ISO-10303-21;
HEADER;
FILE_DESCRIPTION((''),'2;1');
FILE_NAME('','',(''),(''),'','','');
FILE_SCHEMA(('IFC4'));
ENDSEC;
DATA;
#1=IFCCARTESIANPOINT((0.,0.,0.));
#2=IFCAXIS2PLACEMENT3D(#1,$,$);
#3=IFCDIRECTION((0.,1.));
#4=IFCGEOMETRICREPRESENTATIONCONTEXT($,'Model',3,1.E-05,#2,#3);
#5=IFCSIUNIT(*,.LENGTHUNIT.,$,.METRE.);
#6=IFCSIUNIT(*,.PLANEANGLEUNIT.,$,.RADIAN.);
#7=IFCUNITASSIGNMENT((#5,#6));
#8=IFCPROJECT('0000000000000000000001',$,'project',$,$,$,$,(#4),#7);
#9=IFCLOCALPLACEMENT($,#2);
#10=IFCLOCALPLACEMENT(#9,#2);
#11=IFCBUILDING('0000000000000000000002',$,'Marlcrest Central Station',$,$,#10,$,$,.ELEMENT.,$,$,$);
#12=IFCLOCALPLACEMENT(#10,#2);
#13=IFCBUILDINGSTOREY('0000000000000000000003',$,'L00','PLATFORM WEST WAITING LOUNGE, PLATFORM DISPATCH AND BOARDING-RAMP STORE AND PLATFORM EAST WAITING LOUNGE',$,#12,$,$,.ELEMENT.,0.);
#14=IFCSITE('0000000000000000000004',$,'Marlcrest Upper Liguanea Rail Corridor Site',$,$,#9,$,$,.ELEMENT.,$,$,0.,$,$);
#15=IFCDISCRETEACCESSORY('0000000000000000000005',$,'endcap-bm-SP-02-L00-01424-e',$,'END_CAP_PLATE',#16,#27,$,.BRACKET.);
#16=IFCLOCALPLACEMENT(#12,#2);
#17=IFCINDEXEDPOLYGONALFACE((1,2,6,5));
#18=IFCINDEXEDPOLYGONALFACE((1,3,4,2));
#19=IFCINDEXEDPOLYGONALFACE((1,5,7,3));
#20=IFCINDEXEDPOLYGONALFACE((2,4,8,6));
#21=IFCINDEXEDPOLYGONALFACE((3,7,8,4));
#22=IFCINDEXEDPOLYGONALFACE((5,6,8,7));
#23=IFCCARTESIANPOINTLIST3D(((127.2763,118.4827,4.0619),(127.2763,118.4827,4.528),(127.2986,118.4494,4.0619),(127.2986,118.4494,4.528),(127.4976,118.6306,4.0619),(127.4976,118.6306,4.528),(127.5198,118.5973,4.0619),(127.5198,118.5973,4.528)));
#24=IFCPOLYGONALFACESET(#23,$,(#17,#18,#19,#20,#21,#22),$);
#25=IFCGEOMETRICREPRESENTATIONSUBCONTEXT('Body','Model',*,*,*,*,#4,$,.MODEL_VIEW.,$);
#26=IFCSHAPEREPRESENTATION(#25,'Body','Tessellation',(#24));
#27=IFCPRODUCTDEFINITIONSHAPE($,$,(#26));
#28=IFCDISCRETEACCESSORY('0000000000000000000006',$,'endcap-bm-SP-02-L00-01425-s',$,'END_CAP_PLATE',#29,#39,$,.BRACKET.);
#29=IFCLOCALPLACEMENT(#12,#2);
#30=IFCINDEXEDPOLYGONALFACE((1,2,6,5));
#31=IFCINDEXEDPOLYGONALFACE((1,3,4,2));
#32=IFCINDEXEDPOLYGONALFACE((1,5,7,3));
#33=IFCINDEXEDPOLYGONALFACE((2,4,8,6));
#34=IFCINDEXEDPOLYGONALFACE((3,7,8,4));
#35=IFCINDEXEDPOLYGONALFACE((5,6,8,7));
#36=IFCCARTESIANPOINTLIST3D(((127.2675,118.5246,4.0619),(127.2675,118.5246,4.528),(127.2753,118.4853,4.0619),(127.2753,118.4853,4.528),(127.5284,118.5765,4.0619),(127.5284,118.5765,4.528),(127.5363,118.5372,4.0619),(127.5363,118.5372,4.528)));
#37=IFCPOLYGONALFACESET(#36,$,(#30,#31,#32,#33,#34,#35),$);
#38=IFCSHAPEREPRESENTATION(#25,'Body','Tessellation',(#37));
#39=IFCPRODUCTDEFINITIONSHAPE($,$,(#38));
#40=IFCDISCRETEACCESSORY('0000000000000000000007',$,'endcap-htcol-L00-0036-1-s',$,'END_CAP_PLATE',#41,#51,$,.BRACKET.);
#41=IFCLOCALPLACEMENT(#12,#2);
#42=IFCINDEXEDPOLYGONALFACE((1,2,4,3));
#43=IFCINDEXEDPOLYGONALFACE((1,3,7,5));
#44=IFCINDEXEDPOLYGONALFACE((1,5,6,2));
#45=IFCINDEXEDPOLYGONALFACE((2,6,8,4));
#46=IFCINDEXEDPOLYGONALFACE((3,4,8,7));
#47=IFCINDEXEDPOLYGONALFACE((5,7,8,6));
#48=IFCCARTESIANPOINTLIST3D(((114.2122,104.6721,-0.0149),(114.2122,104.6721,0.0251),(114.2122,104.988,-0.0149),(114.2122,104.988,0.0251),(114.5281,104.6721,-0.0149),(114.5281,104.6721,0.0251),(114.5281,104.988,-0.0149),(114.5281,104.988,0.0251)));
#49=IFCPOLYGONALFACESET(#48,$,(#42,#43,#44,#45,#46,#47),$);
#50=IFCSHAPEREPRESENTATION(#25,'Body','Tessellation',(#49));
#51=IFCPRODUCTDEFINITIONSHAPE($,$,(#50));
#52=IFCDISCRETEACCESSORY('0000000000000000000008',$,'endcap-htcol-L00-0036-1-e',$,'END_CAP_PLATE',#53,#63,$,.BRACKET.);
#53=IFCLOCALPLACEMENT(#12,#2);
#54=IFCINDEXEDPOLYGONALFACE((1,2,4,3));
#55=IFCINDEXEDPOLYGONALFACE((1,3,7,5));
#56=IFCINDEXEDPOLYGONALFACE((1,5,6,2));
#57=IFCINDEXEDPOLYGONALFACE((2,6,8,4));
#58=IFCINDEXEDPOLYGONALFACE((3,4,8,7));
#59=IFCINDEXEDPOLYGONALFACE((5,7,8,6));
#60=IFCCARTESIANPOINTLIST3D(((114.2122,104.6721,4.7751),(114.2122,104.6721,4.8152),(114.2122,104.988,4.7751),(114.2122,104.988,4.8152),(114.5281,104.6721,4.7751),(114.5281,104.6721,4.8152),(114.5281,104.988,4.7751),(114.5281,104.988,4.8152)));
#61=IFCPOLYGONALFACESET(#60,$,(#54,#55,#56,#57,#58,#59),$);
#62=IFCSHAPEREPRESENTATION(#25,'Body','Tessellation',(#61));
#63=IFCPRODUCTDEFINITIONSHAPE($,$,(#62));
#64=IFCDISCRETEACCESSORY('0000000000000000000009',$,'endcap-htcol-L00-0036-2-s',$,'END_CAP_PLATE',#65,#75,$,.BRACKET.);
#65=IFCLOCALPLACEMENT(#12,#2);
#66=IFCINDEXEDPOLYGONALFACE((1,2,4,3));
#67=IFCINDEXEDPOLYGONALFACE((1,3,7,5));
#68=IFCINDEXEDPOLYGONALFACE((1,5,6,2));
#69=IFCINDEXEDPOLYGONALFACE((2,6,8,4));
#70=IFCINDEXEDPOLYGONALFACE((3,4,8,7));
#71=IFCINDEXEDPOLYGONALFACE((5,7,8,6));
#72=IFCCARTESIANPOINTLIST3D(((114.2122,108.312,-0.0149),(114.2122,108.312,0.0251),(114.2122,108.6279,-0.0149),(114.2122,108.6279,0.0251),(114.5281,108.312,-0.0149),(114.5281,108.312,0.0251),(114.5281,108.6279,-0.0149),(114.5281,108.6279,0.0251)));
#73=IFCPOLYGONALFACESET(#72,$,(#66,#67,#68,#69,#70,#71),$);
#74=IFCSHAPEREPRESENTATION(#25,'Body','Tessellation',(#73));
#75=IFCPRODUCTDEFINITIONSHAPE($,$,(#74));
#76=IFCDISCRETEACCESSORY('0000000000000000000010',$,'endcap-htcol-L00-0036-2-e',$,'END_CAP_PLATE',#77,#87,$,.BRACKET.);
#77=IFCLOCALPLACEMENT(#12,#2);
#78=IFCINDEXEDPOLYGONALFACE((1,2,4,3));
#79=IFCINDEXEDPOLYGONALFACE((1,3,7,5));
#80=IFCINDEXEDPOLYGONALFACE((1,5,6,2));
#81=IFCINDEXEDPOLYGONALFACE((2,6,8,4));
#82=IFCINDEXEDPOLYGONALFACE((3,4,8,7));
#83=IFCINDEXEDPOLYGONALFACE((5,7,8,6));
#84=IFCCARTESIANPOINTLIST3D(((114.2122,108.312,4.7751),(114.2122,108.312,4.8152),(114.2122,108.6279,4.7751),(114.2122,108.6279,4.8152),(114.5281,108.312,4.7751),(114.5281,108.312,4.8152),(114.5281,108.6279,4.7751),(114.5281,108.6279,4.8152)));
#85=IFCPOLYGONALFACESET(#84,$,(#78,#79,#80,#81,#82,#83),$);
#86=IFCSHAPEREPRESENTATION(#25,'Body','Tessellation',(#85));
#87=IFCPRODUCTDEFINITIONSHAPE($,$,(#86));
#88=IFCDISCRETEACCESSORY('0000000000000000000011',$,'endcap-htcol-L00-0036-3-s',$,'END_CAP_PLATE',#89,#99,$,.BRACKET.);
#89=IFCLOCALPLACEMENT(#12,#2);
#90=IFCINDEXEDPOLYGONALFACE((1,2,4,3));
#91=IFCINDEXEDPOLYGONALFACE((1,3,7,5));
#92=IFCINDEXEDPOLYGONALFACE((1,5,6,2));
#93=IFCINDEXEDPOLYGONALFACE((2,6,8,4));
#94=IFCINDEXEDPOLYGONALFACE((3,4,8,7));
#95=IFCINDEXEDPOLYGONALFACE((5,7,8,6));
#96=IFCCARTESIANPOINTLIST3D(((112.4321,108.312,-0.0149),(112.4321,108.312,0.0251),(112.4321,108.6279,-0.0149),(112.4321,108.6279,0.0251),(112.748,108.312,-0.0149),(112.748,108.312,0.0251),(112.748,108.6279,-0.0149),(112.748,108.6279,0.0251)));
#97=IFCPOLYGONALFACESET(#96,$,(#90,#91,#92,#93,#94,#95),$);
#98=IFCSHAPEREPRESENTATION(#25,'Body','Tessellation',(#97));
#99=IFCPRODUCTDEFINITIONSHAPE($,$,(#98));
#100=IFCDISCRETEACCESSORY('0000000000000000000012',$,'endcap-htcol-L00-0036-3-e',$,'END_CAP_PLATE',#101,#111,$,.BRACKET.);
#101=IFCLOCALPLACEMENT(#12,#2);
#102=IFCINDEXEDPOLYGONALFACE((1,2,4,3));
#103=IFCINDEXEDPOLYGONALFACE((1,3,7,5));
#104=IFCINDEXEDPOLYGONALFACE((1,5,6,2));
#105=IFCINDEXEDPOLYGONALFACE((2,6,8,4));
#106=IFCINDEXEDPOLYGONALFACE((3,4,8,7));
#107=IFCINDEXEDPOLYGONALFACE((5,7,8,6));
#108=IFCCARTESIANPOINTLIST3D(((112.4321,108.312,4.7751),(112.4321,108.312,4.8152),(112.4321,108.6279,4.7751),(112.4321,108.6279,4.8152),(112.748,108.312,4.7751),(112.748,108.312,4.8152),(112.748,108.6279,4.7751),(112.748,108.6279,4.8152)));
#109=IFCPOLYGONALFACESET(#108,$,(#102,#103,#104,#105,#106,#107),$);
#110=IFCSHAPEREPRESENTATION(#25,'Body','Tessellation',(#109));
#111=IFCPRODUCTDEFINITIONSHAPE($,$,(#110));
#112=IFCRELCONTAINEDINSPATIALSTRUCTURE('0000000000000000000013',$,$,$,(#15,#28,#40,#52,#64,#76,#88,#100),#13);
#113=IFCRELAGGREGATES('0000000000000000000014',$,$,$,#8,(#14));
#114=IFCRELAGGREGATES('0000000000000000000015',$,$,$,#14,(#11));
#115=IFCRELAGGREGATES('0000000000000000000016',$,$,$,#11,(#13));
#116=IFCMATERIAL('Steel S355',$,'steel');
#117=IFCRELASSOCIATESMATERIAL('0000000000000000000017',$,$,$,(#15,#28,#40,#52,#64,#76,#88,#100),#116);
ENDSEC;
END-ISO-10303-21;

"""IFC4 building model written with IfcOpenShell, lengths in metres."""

from ifc_helpers import new_model, si_unit, direction, frame, origin, origin_2d, place, context, subcontext, project, spatial, rectangle, extrude, material, element, save


model = new_model("IFC4")

# Units and contexts
model_context = context("Model", 3, precision=1e-05, world=origin(), true_north=direction((0.0, 1.0)))
body_context = subcontext(model_context, "Body", "Model", "MODEL_VIEW")
ifc_project = project(units=[si_unit("LENGTHUNIT", "METRE"), si_unit("PLANEANGLEUNIT", "RADIAN")], contexts=[model_context])

# Site, building, storey
site_placement = place(None, origin())
site = spatial("IfcSite", under=ifc_project, at=site_placement, Name="Marlcrest Upper Liguanea Rail Corridor Site", CompositionType="ELEMENT", RefElevation=0.0)
building_placement = place(site_placement, origin())
building = spatial("IfcBuilding", under=site, at=building_placement, Name="Marlcrest Central Station", CompositionType="ELEMENT")
storey_placement = place(building_placement, origin())
storey = spatial("IfcBuildingStorey", under=building, at=storey_placement, Name="L00", Description="PLATFORM WEST WAITING LOUNGE, PLATFORM DISPATCH AND BOARDING-RAMP STORE AND PLATFORM EAST WAITING LOUNGE", CompositionType="ELEMENT", Elevation=0.0)

# Shared definitions
ifc_material_1 = material(Name="Steel S355", Category="steel")

# Discrete accessories
for number, where, z_axis, x_axis, name in (
    (1, (127.387, 118.5566, 4.2949), (0.555511, -0.831509, 0.0), (0.831509, 0.555511, 0.0), "endcap-bm-SP-02-L00-01424-e"),
    (2, (127.3979, 118.5505, 4.2949), (0.195171, -0.980769, 0.0), (0.980769, 0.195171, 0.0), "endcap-bm-SP-02-L00-01425-s"),
):
    element("IfcDiscreteAccessory", number, at=place(storey_placement, frame(where, z_axis=z_axis, x_axis=x_axis)), inside=storey, material=ifc_material_1, Name=name, ObjectType="END_CAP_PLATE", PredefinedType="BRACKET", context=body_context, shape_type="SweptSolid", body=[
        extrude(rectangle(XDim=0.2661, YDim=0.4661, at=origin_2d()), origin(), (0.0, 0.0, 1.0), 0.04),
    ])
for number, where, z_axis, x_axis, name in (
    (3, (114.3701, 104.8301, -0.0149), (0.0, 0.0, 1.0), (1.0, 0.0, 0.0), "endcap-htcol-L00-0036-1-s"),
    (4, (114.3701, 104.8301, 4.7751), (0.0, 0.0, 1.0), (1.0, 0.0, 0.0), "endcap-htcol-L00-0036-1-e"),
    (5, (114.3701, 108.47, -0.0149), (0.0, 0.0, 1.0), (1.0, 0.0, 0.0), "endcap-htcol-L00-0036-2-s"),
    (6, (114.3701, 108.47, 4.7751), (0.0, 0.0, 1.0), (1.0, 0.0, 0.0), "endcap-htcol-L00-0036-2-e"),
    (7, (112.5901, 108.47, -0.0149), (0.0, 0.0, 1.0), (1.0, 0.0, 0.0), "endcap-htcol-L00-0036-3-s"),
    (8, (112.5901, 108.47, 4.7751), (0.0, 0.0, 1.0), (1.0, 0.0, 0.0), "endcap-htcol-L00-0036-3-e"),
):
    element("IfcDiscreteAccessory", number, at=place(storey_placement, frame(where, z_axis=z_axis, x_axis=x_axis)), inside=storey, material=ifc_material_1, Name=name, ObjectType="END_CAP_PLATE", PredefinedType="BRACKET", context=body_context, shape_type="SweptSolid", body=[
        extrude(rectangle(XDim=0.3159, YDim=0.3159, at=origin_2d()), origin(), (0.0, 0.0, 1.0), 0.04),
    ])

save(model, "model.ifc")
